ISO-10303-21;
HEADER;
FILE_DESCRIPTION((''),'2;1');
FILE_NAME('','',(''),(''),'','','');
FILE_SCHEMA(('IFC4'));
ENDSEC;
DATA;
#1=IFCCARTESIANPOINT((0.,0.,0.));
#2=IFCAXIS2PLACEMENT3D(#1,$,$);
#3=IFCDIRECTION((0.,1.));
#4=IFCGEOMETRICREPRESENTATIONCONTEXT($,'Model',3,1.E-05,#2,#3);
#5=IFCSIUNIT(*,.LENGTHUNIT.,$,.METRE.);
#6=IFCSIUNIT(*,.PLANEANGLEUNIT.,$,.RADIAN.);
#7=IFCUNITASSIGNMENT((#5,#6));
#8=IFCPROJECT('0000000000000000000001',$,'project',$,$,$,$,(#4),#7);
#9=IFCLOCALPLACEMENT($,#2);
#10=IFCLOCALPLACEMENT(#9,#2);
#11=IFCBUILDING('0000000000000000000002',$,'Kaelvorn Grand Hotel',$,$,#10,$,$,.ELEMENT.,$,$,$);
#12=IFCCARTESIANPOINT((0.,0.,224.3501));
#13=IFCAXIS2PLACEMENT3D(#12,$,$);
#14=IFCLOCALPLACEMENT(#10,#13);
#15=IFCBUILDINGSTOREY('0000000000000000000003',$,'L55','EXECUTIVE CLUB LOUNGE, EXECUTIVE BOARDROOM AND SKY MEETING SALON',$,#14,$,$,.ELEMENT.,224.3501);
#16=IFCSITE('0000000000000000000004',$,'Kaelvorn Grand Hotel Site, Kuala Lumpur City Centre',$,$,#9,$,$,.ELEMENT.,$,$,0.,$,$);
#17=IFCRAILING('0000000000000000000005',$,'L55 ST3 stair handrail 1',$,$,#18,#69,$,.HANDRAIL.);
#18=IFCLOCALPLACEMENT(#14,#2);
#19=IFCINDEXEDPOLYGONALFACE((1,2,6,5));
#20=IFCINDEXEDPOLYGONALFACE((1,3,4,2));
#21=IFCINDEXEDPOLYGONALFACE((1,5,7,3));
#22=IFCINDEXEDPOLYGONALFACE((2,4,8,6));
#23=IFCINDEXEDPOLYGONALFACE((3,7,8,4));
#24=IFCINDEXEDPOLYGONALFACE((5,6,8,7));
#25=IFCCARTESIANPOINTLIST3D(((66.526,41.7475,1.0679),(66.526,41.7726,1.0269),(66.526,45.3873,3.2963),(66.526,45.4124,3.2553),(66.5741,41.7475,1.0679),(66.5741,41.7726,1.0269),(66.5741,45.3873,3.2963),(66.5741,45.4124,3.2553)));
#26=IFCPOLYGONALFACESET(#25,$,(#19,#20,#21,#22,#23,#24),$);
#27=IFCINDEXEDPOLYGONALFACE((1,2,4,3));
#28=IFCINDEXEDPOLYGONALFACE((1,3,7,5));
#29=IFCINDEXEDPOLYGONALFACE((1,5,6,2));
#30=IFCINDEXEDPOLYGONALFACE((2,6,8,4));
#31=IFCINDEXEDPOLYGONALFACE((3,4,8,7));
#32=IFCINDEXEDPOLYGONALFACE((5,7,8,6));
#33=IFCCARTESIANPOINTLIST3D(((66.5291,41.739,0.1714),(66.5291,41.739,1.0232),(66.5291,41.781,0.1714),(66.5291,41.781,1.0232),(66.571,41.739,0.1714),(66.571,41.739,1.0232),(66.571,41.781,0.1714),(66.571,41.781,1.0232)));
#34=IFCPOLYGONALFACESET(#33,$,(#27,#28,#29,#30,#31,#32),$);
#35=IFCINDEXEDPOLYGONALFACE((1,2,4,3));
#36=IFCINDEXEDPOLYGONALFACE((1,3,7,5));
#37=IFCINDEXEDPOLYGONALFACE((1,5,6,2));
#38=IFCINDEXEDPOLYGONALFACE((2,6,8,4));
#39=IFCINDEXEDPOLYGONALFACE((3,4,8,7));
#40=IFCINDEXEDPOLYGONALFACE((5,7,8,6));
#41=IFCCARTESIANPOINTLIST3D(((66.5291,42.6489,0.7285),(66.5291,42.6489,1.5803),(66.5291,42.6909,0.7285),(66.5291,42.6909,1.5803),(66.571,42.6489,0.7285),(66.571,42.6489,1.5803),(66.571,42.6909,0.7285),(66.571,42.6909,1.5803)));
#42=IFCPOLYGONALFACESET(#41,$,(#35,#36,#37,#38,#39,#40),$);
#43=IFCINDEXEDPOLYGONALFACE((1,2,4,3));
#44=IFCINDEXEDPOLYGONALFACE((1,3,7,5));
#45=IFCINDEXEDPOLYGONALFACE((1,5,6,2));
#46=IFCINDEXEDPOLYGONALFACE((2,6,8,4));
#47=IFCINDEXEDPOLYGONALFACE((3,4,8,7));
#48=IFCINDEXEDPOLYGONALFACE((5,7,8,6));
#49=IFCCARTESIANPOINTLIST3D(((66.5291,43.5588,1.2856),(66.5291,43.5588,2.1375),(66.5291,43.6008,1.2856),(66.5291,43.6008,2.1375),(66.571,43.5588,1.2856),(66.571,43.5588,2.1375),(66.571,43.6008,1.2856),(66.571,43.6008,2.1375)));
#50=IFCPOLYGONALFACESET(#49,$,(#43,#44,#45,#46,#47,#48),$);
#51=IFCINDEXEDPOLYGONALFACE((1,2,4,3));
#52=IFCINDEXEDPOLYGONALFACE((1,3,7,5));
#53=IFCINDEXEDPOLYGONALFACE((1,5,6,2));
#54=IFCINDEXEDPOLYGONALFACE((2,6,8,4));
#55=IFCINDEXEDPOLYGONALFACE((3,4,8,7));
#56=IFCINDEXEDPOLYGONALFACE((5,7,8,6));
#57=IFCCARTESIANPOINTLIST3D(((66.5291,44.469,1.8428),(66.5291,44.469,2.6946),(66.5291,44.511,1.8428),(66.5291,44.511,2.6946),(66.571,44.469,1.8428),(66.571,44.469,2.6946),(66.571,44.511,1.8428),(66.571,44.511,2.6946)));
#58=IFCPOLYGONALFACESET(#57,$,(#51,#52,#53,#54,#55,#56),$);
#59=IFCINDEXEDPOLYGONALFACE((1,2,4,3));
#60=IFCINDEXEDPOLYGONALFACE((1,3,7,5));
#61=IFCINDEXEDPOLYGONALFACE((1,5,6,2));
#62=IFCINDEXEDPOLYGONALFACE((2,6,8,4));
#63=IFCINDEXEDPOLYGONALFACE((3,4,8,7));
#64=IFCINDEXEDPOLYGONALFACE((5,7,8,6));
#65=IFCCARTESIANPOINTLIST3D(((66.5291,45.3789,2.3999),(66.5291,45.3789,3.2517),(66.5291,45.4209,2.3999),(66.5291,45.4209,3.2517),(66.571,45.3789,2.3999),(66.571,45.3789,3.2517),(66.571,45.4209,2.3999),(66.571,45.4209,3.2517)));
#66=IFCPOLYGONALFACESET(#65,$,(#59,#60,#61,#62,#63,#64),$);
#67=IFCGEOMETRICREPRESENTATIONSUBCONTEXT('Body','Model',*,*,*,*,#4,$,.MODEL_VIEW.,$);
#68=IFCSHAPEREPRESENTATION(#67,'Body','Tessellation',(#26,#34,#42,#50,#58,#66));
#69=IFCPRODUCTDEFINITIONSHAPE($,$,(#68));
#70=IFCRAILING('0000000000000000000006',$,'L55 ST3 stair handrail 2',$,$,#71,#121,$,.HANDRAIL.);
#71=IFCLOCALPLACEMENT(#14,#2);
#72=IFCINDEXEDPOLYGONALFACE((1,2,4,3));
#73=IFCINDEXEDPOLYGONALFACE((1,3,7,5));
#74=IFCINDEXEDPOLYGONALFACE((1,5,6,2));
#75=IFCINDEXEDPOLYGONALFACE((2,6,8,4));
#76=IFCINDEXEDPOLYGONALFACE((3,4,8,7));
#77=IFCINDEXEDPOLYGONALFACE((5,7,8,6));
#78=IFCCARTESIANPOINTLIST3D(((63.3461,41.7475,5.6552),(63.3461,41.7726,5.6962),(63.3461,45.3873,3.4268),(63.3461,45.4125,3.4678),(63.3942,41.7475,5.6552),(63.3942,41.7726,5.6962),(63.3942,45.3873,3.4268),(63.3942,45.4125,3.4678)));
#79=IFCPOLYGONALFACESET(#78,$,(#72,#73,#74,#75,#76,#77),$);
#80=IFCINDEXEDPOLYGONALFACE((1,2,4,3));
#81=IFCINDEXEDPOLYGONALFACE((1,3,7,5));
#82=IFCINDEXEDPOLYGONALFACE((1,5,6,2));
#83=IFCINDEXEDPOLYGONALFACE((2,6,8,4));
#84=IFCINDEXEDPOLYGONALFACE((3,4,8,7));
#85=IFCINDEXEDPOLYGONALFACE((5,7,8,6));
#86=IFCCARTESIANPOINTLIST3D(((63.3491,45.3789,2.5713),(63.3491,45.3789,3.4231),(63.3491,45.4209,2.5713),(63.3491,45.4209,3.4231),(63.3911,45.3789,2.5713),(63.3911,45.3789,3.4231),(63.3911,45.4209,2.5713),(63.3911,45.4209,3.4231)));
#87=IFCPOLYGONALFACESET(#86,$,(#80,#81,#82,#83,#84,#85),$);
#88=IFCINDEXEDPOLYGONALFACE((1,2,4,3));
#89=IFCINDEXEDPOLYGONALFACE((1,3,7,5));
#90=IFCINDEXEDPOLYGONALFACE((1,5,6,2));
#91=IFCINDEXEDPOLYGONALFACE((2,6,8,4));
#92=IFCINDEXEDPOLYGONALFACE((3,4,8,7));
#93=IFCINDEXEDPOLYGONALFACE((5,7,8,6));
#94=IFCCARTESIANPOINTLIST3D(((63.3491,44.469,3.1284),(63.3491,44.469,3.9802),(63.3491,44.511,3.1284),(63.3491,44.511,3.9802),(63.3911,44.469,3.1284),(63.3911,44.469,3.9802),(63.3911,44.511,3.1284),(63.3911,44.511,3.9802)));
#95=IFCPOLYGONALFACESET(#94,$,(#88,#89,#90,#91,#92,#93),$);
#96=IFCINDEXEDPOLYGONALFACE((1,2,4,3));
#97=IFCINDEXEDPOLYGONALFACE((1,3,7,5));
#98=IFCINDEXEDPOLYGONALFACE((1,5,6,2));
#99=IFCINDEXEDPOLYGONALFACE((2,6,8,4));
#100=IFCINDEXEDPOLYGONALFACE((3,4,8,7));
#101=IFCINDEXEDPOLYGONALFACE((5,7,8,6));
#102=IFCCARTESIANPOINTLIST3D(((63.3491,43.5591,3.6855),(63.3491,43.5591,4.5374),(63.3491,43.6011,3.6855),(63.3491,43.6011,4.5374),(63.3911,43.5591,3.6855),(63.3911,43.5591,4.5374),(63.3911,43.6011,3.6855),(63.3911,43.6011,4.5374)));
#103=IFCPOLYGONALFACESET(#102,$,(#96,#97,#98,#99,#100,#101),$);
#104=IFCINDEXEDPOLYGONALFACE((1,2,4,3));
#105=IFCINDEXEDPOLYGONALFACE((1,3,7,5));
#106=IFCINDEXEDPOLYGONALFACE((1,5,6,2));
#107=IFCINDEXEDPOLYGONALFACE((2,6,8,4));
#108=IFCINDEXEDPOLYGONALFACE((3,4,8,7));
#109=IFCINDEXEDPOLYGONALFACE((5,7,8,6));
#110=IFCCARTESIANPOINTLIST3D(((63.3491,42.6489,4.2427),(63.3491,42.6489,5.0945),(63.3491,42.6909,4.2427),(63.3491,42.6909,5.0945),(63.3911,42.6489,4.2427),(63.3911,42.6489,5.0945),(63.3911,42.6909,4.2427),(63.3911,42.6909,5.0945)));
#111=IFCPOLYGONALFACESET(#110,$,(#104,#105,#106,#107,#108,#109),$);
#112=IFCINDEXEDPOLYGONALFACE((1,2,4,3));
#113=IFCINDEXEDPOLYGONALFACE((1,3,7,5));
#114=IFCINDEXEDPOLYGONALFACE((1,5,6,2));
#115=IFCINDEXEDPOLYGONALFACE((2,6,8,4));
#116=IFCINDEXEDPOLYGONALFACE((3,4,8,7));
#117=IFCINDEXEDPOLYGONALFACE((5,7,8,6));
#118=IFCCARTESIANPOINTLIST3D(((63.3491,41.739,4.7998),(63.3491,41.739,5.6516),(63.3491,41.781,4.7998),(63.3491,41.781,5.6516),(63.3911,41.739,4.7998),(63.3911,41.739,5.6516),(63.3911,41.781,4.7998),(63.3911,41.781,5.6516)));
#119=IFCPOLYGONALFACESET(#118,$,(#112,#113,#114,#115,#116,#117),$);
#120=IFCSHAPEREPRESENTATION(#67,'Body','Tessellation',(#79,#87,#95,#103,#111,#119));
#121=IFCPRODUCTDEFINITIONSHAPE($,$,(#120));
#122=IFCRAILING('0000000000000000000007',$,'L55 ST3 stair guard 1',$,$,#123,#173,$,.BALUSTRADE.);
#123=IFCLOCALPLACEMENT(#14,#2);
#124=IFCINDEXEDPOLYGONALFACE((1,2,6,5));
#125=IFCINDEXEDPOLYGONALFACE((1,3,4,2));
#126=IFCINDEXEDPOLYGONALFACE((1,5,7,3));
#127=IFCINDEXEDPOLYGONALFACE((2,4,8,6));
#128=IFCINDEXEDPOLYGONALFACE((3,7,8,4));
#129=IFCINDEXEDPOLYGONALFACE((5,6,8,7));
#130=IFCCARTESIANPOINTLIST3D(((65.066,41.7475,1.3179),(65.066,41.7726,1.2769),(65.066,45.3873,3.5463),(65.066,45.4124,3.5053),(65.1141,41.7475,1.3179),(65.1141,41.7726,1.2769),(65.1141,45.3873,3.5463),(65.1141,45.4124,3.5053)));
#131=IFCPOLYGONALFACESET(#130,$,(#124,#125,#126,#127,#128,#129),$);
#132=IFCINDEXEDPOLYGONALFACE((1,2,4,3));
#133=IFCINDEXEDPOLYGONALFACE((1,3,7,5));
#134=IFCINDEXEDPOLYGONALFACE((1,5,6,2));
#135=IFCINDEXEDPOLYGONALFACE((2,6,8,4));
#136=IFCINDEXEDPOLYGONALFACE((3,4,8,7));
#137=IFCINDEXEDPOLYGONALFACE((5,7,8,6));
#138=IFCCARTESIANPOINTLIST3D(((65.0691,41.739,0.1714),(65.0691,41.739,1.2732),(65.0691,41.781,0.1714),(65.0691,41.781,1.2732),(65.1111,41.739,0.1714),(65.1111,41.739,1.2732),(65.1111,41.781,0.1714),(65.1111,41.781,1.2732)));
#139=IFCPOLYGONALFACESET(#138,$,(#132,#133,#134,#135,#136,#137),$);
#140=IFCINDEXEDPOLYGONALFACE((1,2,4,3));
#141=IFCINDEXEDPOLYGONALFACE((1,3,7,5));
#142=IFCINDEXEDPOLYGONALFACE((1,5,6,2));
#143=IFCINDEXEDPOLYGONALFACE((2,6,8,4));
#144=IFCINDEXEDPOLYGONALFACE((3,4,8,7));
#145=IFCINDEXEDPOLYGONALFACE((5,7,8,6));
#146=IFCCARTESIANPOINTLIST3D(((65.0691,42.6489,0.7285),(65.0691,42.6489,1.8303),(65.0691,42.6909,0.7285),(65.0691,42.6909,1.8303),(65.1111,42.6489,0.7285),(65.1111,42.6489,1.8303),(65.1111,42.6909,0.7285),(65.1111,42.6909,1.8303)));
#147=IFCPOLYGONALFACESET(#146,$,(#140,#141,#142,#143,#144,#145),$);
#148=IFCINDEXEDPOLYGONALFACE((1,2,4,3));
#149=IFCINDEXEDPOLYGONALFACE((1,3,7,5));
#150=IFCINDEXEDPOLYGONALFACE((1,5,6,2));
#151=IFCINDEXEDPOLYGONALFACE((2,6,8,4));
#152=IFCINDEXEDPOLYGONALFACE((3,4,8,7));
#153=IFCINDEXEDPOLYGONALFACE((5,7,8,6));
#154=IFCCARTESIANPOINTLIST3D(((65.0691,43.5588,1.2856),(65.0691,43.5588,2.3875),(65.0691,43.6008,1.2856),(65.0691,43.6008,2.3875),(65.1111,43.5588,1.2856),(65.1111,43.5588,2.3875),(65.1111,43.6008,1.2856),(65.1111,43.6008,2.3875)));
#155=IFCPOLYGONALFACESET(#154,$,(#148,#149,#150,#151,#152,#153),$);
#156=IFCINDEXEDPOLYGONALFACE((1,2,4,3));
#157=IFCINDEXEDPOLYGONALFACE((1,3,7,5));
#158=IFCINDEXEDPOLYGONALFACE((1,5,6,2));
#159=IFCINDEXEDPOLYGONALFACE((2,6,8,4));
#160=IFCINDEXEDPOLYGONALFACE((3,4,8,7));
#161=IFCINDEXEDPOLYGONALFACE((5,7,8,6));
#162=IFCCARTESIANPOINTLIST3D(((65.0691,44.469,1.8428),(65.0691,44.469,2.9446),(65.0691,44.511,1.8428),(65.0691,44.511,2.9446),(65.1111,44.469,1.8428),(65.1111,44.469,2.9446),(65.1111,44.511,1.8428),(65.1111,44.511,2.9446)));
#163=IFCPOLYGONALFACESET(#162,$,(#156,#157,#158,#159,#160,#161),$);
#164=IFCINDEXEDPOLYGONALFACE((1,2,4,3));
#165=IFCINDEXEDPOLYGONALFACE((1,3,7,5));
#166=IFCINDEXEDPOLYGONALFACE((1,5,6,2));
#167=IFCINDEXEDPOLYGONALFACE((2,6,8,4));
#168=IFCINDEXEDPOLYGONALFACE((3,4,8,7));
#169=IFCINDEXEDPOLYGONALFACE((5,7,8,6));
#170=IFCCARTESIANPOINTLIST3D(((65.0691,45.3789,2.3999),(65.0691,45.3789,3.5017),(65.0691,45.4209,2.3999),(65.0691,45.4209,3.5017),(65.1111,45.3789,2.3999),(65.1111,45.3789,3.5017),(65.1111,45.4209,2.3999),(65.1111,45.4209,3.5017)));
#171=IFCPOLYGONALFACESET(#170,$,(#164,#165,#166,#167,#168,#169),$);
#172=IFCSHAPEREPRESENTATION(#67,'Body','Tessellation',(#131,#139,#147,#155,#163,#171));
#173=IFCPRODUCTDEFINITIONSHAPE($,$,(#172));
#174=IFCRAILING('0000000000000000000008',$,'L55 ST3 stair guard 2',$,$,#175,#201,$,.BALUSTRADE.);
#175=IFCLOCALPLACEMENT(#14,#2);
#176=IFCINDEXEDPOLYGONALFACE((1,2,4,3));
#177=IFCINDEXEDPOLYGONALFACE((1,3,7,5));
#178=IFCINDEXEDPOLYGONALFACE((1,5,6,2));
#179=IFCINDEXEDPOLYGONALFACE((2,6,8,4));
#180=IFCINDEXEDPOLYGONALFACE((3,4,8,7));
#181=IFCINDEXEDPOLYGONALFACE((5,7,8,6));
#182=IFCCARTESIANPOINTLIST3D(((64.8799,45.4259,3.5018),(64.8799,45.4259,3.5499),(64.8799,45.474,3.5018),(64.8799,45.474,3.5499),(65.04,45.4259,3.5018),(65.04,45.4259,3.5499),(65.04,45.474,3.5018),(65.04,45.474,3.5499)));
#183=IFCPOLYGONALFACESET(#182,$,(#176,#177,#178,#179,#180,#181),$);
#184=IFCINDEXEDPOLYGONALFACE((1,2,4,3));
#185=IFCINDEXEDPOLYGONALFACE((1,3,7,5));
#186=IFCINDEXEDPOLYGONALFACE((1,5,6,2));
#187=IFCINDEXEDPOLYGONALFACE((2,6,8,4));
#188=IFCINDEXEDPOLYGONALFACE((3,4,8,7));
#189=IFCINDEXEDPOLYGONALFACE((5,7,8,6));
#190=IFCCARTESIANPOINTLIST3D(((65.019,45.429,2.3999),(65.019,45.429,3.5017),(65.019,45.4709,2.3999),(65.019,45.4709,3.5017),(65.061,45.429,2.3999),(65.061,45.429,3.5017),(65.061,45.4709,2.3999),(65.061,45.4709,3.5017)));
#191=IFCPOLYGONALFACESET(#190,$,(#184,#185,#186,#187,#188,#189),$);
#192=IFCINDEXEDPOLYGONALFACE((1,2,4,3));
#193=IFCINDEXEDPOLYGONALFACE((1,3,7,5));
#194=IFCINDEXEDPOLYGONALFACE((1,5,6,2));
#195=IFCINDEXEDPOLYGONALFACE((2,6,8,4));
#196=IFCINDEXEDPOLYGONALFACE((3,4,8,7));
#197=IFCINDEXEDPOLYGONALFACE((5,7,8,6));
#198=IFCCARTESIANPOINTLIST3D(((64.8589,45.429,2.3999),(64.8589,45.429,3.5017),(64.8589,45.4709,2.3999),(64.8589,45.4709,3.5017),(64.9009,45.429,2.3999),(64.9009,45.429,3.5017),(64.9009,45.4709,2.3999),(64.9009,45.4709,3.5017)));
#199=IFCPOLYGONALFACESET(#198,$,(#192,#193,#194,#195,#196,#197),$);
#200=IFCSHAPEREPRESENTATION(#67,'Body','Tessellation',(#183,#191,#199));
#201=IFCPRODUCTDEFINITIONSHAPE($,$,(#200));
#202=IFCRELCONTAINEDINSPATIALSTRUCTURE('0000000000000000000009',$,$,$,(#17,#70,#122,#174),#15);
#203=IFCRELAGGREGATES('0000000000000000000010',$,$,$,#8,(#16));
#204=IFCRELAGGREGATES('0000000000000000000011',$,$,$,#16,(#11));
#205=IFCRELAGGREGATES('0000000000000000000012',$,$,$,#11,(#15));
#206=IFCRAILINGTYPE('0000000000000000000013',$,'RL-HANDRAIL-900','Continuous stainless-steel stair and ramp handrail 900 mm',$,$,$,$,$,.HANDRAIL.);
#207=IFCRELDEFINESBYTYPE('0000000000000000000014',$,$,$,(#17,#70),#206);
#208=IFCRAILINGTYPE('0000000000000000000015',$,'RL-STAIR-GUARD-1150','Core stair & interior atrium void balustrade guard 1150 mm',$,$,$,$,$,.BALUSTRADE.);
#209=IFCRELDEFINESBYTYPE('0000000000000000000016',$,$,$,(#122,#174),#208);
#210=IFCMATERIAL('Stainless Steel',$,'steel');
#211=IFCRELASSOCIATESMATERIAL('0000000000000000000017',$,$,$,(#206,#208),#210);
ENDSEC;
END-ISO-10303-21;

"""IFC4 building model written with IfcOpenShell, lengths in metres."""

from ifc_helpers import new_model, si_unit, direction, frame, origin, origin_2d, place, context, subcontext, project, spatial, rectangle, extrude, material, type_object, element, save


model = new_model("IFC4")

# Units and contexts
model_context = context("Model", 3, precision=1e-05, world=origin(), true_north=direction((0.0, 1.0)))
body_context = subcontext(model_context, "Body", "Model", "MODEL_VIEW")
ifc_project = project(units=[si_unit("LENGTHUNIT", "METRE"), si_unit("PLANEANGLEUNIT", "RADIAN")], contexts=[model_context])

# Site, building, storey
site_placement = place(None, origin())
site = spatial("IfcSite", under=ifc_project, at=site_placement, Name="Kaelvorn Grand Hotel Site, Kuala Lumpur City Centre", CompositionType="ELEMENT", RefElevation=0.0)
building_placement = place(site_placement, origin())
building = spatial("IfcBuilding", under=site, at=building_placement, Name="Kaelvorn Grand Hotel", CompositionType="ELEMENT")
storey_placement = place(building_placement, frame((0.0, 0.0, 224.3501)))
storey = spatial("IfcBuildingStorey", under=building, at=storey_placement, Name="L55", Description="EXECUTIVE CLUB LOUNGE, EXECUTIVE BOARDROOM AND SKY MEETING SALON", CompositionType="ELEMENT", Elevation=224.3501)

# Shared definitions
ifc_material_1 = material(Name="Stainless Steel", Category="steel")

# Railings
railing_type_1 = type_object("IfcRailingType", Name="RL-HANDRAIL-900", Description="Continuous stainless-steel stair and ramp handrail 900 mm", PredefinedType="HANDRAIL", material=ifc_material_1)
railing_1_placement = place(storey_placement, frame((66.55, 41.76, 0.1714)))
element("IfcRailing", 1, at=railing_1_placement, inside=storey, type_object=railing_type_1, Name="L55 ST3 stair handrail 1", PredefinedType="HANDRAIL", context=body_context, shape_type="SweptSolid", body=[
    extrude(rectangle(XDim=0.0481, YDim=0.0481, at=origin_2d()), frame((0.0, 0.0, 0.876), z_axis=(0.0, 0.85285, 0.522156), x_axis=(-1.0, 0.0, 0.0)), (0.0, 0.0, 1.0), 4.2678),
    extrude(rectangle(XDim=0.042, YDim=0.042, at=origin_2d()), origin(), (0.0, 0.0, 1.0), 0.8518),
    extrude(rectangle(XDim=0.042, YDim=0.042, at=origin_2d()), frame((0.0, 0.9099, 0.5571)), (0.0, 0.0, 1.0), 0.8518),
    extrude(rectangle(XDim=0.042, YDim=0.042, at=origin_2d()), frame((0.0, 1.8198, 1.1143)), (0.0, 0.0, 1.0), 0.8518),
    extrude(rectangle(XDim=0.042, YDim=0.042, at=origin_2d()), frame((0.0, 2.73, 1.6714)), (0.0, 0.0, 1.0), 0.8518),
    extrude(rectangle(XDim=0.042, YDim=0.042, at=origin_2d()), frame((0.0, 3.6399, 2.2285)), (0.0, 0.0, 1.0), 0.8518),
])
railing_2_placement = place(storey_placement, frame((63.3701, 45.3999, 2.5713)))
element("IfcRailing", 2, at=railing_2_placement, inside=storey, type_object=railing_type_1, Name="L55 ST3 stair handrail 2", PredefinedType="HANDRAIL", context=body_context, shape_type="SweptSolid", body=[
    extrude(rectangle(XDim=0.0481, YDim=0.0481, at=origin_2d()), frame((0.0, 0.0, 0.876), z_axis=(0.0, -0.85285, 0.522156), x_axis=(1.0, 0.0, 0.0)), (0.0, 0.0, 1.0), 4.2678),
    extrude(rectangle(XDim=0.042, YDim=0.042, at=origin_2d()), origin(), (0.0, 0.0, 1.0), 0.8518),
    extrude(rectangle(XDim=0.042, YDim=0.042, at=origin_2d()), frame((0.0, -0.9099, 0.5571)), (0.0, 0.0, 1.0), 0.8518),
    extrude(rectangle(XDim=0.042, YDim=0.042, at=origin_2d()), frame((0.0, -1.8198, 1.1143)), (0.0, 0.0, 1.0), 0.8518),
    extrude(rectangle(XDim=0.042, YDim=0.042, at=origin_2d()), frame((0.0, -2.73, 1.6714)), (0.0, 0.0, 1.0), 0.8518),
    extrude(rectangle(XDim=0.042, YDim=0.042, at=origin_2d()), frame((0.0, -3.6399, 2.2285)), (0.0, 0.0, 1.0), 0.8518),
])
railing_type_2 = type_object("IfcRailingType", Name="RL-STAIR-GUARD-1150", Description="Core stair & interior atrium void balustrade guard 1150 mm", PredefinedType="BALUSTRADE", material=ifc_material_1)
railing_3_placement = place(storey_placement, frame((65.0901, 41.76, 0.1714)))
element("IfcRailing", 3, at=railing_3_placement, inside=storey, type_object=railing_type_2, Name="L55 ST3 stair guard 1", PredefinedType="BALUSTRADE", context=body_context, shape_type="SweptSolid", body=[
    extrude(rectangle(XDim=0.0481, YDim=0.0481, at=origin_2d()), frame((0.0, 0.0, 1.126), z_axis=(0.0, 0.85285, 0.522156), x_axis=(-1.0, 0.0, 0.0)), (0.0, 0.0, 1.0), 4.2678),
    extrude(rectangle(XDim=0.042, YDim=0.042, at=origin_2d()), origin(), (0.0, 0.0, 1.0), 1.1018),
    extrude(rectangle(XDim=0.042, YDim=0.042, at=origin_2d()), frame((0.0, 0.9099, 0.5571)), (0.0, 0.0, 1.0), 1.1018),
    extrude(rectangle(XDim=0.042, YDim=0.042, at=origin_2d()), frame((0.0, 1.8198, 1.1143)), (0.0, 0.0, 1.0), 1.1018),
    extrude(rectangle(XDim=0.042, YDim=0.042, at=origin_2d()), frame((0.0, 2.73, 1.6714)), (0.0, 0.0, 1.0), 1.1018),
    extrude(rectangle(XDim=0.042, YDim=0.042, at=origin_2d()), frame((0.0, 3.6399, 2.2285)), (0.0, 0.0, 1.0), 1.1018),
])
railing_4_placement = place(storey_placement, frame((65.04, 45.45, 2.3999)))
element("IfcRailing", 4, at=railing_4_placement, inside=storey, type_object=railing_type_2, Name="L55 ST3 stair guard 2", PredefinedType="BALUSTRADE", context=body_context, shape_type="SweptSolid", body=[
    extrude(rectangle(XDim=0.0481, YDim=0.0481, at=origin_2d()), frame((0.0, 0.0, 1.126), z_axis=(-1.0, 0.0, 0.0), x_axis=(0.0, -1.0, 0.0)), (0.0, 0.0, 1.0), 0.1602),
    extrude(rectangle(XDim=0.042, YDim=0.042, at=origin_2d()), origin(), (0.0, 0.0, 1.0), 1.1018),
    extrude(rectangle(XDim=0.042, YDim=0.042, at=origin_2d()), frame((-0.1602, 0.0, 0.0)), (0.0, 0.0, 1.0), 1.1018),
])

save(model, "model.ifc")
